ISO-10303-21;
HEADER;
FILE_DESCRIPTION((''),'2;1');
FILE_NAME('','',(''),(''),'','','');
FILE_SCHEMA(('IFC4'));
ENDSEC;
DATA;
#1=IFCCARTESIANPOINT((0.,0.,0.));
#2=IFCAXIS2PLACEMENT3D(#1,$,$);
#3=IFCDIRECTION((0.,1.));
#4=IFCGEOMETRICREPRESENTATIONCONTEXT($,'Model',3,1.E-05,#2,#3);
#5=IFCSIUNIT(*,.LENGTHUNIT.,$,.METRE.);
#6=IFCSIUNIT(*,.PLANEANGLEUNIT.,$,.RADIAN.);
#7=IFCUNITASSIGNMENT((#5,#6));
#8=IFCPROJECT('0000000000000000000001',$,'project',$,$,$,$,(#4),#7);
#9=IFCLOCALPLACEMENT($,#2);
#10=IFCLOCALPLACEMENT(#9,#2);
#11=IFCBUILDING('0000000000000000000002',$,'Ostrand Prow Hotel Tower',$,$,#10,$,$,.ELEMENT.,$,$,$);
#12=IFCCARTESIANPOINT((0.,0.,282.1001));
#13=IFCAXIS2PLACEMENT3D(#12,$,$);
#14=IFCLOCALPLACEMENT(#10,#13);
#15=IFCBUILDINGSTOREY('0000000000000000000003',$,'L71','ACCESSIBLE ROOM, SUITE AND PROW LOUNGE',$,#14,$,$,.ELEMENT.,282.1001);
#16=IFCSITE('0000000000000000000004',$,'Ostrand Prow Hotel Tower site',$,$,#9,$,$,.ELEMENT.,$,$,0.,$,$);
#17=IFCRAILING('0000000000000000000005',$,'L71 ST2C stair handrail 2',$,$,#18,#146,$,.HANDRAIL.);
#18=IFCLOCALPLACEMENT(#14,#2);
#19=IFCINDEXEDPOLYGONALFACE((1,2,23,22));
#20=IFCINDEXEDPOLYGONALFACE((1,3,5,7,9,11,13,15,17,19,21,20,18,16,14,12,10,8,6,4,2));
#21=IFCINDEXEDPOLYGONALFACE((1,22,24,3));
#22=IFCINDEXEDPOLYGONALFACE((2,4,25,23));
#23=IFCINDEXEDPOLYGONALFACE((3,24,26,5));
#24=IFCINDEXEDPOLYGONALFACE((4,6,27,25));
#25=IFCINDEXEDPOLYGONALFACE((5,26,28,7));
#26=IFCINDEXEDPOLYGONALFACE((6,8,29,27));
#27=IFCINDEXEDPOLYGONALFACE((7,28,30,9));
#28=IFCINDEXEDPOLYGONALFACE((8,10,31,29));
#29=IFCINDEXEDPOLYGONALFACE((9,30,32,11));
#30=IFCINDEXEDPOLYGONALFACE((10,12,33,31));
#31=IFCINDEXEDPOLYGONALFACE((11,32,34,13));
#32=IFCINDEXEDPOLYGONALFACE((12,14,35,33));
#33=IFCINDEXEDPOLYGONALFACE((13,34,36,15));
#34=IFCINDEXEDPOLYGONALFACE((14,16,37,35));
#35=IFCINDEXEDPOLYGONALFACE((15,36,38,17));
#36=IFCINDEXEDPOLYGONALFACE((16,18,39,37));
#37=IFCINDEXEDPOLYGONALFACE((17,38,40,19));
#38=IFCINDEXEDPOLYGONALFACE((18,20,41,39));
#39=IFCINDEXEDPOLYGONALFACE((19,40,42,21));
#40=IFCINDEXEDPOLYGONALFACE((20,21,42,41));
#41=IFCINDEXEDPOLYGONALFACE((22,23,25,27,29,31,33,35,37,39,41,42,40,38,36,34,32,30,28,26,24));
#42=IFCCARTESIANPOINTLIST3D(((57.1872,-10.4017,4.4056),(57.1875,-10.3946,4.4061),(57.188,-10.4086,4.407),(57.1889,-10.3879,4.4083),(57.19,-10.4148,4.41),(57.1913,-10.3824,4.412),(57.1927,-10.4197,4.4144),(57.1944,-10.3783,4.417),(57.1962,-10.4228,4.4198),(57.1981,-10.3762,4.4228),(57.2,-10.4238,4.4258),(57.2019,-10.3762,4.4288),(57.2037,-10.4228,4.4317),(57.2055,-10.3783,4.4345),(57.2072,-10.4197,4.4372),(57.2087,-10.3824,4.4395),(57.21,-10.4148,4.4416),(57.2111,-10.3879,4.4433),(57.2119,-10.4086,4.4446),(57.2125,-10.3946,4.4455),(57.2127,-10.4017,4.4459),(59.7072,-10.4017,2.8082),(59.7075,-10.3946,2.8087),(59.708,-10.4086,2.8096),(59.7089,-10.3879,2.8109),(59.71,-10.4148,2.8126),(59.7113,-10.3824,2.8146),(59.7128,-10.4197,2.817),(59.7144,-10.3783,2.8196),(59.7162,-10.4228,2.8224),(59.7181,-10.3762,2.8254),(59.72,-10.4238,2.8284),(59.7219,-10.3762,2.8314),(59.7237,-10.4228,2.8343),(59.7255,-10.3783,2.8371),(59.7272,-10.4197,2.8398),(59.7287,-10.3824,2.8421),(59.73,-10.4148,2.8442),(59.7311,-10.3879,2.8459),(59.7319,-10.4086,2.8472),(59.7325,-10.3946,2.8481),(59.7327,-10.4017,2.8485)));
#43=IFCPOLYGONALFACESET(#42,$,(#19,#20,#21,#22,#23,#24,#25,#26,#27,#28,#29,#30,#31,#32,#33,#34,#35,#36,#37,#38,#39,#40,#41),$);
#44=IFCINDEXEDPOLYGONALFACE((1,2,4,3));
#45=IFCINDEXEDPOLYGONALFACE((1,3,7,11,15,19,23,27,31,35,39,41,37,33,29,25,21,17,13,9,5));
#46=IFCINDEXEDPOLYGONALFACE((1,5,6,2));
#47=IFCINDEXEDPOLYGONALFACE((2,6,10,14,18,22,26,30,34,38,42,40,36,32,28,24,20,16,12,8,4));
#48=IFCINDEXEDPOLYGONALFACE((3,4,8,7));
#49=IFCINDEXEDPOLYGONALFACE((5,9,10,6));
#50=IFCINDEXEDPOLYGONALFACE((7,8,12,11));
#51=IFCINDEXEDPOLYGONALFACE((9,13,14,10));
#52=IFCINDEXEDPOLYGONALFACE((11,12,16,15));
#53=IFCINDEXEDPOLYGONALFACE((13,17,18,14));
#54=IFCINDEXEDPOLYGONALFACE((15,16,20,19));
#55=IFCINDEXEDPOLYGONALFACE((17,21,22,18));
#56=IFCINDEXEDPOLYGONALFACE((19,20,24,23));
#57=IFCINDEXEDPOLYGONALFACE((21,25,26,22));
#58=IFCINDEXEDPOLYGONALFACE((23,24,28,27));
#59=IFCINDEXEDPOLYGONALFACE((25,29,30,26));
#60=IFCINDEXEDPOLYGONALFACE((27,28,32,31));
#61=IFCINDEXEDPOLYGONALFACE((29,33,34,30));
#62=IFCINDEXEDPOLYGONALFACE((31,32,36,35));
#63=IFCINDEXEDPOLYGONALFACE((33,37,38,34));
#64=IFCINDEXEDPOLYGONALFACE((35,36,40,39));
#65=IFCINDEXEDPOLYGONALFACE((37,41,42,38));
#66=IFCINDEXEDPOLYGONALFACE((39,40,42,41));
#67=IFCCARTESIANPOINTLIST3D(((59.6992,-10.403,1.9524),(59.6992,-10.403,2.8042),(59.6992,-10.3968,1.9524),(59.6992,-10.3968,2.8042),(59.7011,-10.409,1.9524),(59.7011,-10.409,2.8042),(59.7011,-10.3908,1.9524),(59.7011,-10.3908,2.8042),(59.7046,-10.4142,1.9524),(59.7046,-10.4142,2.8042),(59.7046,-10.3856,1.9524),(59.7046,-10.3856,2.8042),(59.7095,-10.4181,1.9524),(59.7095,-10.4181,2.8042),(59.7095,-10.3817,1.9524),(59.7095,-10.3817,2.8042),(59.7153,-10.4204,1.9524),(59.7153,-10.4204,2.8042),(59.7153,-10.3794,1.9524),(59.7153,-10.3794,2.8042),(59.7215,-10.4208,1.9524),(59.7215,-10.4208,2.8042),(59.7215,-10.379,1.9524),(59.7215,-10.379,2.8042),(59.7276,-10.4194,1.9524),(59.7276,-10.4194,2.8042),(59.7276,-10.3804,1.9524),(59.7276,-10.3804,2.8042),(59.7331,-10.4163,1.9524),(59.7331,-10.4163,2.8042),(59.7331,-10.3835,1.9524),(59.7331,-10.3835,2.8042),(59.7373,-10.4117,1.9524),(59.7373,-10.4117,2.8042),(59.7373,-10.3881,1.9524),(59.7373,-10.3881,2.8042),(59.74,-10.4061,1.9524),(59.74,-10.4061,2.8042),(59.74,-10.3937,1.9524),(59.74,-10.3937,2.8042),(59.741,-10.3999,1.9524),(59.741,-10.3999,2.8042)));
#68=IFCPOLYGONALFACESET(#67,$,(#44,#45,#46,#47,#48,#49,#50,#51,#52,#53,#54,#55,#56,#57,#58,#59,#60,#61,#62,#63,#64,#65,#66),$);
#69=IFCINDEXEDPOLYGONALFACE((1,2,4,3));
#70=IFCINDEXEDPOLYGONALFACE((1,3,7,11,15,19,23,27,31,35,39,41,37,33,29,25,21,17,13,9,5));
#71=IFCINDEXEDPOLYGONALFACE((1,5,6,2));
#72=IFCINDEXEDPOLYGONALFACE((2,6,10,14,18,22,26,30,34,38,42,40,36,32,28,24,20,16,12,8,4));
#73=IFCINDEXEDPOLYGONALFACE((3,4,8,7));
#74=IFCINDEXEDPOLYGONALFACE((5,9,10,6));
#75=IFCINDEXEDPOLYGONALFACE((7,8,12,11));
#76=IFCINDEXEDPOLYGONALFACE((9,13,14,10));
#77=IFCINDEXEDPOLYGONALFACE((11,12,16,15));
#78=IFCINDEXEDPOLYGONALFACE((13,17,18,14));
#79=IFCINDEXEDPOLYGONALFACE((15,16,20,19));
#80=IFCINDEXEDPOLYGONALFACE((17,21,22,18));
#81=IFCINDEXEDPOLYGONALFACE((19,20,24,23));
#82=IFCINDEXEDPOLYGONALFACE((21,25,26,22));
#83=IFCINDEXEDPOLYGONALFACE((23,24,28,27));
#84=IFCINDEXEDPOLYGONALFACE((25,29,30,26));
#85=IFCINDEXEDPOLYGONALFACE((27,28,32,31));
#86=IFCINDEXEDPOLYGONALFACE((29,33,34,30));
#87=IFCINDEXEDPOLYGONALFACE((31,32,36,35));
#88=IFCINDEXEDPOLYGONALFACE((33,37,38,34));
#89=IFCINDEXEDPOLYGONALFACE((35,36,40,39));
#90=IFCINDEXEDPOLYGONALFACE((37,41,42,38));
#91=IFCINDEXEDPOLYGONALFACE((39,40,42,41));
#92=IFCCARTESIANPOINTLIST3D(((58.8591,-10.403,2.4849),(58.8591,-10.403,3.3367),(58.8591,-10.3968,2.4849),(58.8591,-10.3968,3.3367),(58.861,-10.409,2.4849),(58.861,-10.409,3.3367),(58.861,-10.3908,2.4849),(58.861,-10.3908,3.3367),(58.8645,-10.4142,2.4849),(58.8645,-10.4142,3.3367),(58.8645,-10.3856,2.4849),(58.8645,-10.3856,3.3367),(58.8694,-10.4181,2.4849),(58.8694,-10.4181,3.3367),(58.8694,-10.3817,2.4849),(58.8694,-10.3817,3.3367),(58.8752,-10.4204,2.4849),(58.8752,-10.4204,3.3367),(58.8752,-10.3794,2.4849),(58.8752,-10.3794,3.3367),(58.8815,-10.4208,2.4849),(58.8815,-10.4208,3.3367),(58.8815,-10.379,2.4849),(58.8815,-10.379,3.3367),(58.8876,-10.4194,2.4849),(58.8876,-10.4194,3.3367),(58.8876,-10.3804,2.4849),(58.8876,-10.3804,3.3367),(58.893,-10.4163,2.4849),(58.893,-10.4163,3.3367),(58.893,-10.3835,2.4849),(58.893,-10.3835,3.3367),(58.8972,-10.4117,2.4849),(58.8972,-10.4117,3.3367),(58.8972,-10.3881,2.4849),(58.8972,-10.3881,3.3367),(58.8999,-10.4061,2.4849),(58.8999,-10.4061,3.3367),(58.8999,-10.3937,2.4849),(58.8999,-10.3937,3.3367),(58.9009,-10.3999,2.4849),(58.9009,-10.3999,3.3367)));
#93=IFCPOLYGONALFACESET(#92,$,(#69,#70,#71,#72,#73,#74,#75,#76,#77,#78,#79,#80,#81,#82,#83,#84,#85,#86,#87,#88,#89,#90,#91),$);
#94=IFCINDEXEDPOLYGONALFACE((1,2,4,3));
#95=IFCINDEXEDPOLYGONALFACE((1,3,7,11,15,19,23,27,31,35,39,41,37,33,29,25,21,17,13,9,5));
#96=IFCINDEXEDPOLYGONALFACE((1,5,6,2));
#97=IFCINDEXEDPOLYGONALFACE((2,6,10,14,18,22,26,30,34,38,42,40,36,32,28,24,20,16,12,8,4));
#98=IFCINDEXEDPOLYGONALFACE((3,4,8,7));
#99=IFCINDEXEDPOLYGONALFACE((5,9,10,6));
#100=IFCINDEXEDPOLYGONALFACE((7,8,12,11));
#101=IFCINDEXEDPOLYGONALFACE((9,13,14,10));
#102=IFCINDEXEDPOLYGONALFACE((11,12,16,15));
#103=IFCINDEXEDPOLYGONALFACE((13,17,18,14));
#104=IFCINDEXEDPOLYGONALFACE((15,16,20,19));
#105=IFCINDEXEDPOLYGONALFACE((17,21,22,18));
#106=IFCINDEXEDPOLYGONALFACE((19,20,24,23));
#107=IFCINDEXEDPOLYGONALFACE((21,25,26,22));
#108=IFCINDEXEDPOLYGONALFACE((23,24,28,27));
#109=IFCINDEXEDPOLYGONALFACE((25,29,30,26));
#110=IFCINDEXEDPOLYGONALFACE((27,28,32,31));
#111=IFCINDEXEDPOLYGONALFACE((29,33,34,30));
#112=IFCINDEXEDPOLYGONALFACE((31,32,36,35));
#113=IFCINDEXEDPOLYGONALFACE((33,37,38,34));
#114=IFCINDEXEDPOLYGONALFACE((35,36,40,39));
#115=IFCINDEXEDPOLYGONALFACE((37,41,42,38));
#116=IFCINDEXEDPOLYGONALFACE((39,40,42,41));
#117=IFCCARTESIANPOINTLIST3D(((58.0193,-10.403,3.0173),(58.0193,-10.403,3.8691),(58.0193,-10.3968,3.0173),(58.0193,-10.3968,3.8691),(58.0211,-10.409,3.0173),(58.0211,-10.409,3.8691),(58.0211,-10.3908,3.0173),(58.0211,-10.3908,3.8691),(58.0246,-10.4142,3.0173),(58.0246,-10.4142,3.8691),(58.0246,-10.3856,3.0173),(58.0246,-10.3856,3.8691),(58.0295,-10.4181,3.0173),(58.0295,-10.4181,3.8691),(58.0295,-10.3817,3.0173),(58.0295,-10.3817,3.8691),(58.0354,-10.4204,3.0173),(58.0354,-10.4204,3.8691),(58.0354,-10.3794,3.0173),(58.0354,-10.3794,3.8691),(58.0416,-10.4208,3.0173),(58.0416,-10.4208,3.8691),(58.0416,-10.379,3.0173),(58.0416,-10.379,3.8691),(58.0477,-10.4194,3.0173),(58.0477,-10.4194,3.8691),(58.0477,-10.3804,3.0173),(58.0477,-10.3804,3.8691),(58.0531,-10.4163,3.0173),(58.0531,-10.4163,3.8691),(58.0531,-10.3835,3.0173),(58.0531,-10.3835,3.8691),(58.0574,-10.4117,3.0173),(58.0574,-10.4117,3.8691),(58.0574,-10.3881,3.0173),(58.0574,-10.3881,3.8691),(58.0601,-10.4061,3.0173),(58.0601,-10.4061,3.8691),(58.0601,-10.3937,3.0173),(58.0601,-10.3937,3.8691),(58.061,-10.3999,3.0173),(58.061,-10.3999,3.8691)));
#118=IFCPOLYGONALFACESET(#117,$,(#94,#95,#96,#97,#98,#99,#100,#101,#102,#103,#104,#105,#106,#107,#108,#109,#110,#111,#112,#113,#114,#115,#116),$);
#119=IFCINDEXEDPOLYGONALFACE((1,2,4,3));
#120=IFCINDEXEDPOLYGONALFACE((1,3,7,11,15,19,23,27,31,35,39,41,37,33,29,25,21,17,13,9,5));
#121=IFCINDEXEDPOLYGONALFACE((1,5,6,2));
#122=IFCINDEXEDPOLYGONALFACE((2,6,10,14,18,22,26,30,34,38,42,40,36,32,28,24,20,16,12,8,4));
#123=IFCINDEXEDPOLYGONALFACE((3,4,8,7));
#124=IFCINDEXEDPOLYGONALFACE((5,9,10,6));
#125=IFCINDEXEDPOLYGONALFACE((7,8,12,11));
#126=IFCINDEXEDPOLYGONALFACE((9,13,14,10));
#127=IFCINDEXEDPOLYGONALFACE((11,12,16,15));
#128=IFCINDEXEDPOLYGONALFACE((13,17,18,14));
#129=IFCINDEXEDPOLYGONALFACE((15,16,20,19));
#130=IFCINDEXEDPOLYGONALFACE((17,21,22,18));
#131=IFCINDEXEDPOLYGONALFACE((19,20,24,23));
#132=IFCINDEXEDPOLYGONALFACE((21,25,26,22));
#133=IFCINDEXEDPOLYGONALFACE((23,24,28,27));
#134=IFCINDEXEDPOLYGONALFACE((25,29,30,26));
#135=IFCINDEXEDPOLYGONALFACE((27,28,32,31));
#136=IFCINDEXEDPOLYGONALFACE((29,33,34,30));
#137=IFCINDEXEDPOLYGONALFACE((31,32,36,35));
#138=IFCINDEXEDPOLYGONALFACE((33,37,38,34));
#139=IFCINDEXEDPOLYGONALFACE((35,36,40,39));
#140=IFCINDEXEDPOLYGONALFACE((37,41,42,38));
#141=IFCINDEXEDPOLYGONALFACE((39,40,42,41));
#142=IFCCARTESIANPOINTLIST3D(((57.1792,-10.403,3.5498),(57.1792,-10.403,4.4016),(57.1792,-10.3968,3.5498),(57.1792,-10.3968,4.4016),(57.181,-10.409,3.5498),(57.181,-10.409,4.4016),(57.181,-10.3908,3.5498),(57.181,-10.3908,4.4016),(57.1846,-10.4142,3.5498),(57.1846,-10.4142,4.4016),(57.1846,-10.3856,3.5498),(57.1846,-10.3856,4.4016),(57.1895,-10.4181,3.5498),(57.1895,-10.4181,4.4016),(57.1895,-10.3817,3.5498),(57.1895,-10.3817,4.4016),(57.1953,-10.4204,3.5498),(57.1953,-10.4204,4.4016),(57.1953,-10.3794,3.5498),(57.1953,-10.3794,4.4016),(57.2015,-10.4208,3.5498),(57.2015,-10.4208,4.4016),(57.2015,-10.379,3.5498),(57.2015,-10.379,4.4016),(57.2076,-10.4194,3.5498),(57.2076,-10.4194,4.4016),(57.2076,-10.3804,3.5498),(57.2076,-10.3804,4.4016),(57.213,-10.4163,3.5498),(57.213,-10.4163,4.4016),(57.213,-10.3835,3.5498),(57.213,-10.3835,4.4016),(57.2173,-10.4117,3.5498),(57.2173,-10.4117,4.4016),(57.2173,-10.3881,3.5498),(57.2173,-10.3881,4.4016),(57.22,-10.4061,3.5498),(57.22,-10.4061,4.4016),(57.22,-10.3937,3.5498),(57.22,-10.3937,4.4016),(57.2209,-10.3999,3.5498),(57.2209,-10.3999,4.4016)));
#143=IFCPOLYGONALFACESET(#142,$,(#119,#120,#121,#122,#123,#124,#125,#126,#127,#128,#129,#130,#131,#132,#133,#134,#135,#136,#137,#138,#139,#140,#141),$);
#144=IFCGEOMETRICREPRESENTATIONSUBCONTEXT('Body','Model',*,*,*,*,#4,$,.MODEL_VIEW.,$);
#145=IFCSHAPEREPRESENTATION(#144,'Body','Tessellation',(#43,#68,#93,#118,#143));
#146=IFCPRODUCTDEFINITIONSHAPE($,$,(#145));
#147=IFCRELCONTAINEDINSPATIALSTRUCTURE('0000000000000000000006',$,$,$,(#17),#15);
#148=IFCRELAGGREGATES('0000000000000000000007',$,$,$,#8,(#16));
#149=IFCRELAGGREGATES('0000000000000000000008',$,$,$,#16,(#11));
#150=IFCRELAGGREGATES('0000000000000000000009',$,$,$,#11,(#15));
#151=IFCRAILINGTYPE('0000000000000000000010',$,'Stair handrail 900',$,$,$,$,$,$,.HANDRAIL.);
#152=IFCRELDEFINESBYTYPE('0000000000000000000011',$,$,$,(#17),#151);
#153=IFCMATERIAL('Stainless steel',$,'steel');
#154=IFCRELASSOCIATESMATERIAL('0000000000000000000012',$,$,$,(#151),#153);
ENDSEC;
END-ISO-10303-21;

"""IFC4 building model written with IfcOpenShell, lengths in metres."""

from ifc_helpers import new_model, si_unit, direction, frame, origin, origin_2d, place, context, subcontext, project, spatial, circle, extrude, material, type_object, element, save


model = new_model("IFC4")

# Units and contexts
model_context = context("Model", 3, precision=1e-05, world=origin(), true_north=direction((0.0, 1.0)))
body_context = subcontext(model_context, "Body", "Model", "MODEL_VIEW")
ifc_project = project(units=[si_unit("LENGTHUNIT", "METRE"), si_unit("PLANEANGLEUNIT", "RADIAN")], contexts=[model_context])

# Site, building, storey
site_placement = place(None, origin())
site = spatial("IfcSite", under=ifc_project, at=site_placement, Name="Ostrand Prow Hotel Tower site", CompositionType="ELEMENT", RefElevation=0.0)
building_placement = place(site_placement, origin())
building = spatial("IfcBuilding", under=site, at=building_placement, Name="Ostrand Prow Hotel Tower", CompositionType="ELEMENT")
storey_placement = place(building_placement, frame((0.0, 0.0, 282.1001)))
storey = spatial("IfcBuildingStorey", under=building, at=storey_placement, Name="L71", Description="ACCESSIBLE ROOM, SUITE AND PROW LOUNGE", CompositionType="ELEMENT", Elevation=282.1001)

# Railing
ifc_material_1 = material(Name="Stainless steel", Category="steel")
railing_type_1 = type_object("IfcRailingType", Name="Stair handrail 900", PredefinedType="HANDRAIL", material=ifc_material_1)
railing_1_placement = place(storey_placement, frame((59.72, -10.3999, 1.9524)))
element("IfcRailing", 1, at=railing_1_placement, inside=storey, type_object=railing_type_1, Name="L71 ST2C stair handrail 2", PredefinedType="HANDRAIL", context=body_context, shape_type="SweptSolid", body=[
    extrude(circle(Radius=0.0239, at=origin_2d()), frame((0.0, 0.0, 0.876), z_axis=(-0.844607, 0.0, 0.535387), x_axis=(0.0, -1.0, 0.0)), (0.0, 0.0, 1.0), 2.9836),
    extrude(circle(Radius=0.021, at=origin_2d()), origin(), (0.0, 0.0, 1.0), 0.8518),
    extrude(circle(Radius=0.021, at=origin_2d()), frame((-0.8401, 0.0, 0.5325)), (0.0, 0.0, 1.0), 0.8518),
    extrude(circle(Radius=0.021, at=origin_2d()), frame((-1.6799, 0.0, 1.0649)), (0.0, 0.0, 1.0), 0.8518),
    extrude(circle(Radius=0.021, at=origin_2d()), frame((-2.52, 0.0, 1.5974)), (0.0, 0.0, 1.0), 0.8518),
])

save(model, "model.ifc")
